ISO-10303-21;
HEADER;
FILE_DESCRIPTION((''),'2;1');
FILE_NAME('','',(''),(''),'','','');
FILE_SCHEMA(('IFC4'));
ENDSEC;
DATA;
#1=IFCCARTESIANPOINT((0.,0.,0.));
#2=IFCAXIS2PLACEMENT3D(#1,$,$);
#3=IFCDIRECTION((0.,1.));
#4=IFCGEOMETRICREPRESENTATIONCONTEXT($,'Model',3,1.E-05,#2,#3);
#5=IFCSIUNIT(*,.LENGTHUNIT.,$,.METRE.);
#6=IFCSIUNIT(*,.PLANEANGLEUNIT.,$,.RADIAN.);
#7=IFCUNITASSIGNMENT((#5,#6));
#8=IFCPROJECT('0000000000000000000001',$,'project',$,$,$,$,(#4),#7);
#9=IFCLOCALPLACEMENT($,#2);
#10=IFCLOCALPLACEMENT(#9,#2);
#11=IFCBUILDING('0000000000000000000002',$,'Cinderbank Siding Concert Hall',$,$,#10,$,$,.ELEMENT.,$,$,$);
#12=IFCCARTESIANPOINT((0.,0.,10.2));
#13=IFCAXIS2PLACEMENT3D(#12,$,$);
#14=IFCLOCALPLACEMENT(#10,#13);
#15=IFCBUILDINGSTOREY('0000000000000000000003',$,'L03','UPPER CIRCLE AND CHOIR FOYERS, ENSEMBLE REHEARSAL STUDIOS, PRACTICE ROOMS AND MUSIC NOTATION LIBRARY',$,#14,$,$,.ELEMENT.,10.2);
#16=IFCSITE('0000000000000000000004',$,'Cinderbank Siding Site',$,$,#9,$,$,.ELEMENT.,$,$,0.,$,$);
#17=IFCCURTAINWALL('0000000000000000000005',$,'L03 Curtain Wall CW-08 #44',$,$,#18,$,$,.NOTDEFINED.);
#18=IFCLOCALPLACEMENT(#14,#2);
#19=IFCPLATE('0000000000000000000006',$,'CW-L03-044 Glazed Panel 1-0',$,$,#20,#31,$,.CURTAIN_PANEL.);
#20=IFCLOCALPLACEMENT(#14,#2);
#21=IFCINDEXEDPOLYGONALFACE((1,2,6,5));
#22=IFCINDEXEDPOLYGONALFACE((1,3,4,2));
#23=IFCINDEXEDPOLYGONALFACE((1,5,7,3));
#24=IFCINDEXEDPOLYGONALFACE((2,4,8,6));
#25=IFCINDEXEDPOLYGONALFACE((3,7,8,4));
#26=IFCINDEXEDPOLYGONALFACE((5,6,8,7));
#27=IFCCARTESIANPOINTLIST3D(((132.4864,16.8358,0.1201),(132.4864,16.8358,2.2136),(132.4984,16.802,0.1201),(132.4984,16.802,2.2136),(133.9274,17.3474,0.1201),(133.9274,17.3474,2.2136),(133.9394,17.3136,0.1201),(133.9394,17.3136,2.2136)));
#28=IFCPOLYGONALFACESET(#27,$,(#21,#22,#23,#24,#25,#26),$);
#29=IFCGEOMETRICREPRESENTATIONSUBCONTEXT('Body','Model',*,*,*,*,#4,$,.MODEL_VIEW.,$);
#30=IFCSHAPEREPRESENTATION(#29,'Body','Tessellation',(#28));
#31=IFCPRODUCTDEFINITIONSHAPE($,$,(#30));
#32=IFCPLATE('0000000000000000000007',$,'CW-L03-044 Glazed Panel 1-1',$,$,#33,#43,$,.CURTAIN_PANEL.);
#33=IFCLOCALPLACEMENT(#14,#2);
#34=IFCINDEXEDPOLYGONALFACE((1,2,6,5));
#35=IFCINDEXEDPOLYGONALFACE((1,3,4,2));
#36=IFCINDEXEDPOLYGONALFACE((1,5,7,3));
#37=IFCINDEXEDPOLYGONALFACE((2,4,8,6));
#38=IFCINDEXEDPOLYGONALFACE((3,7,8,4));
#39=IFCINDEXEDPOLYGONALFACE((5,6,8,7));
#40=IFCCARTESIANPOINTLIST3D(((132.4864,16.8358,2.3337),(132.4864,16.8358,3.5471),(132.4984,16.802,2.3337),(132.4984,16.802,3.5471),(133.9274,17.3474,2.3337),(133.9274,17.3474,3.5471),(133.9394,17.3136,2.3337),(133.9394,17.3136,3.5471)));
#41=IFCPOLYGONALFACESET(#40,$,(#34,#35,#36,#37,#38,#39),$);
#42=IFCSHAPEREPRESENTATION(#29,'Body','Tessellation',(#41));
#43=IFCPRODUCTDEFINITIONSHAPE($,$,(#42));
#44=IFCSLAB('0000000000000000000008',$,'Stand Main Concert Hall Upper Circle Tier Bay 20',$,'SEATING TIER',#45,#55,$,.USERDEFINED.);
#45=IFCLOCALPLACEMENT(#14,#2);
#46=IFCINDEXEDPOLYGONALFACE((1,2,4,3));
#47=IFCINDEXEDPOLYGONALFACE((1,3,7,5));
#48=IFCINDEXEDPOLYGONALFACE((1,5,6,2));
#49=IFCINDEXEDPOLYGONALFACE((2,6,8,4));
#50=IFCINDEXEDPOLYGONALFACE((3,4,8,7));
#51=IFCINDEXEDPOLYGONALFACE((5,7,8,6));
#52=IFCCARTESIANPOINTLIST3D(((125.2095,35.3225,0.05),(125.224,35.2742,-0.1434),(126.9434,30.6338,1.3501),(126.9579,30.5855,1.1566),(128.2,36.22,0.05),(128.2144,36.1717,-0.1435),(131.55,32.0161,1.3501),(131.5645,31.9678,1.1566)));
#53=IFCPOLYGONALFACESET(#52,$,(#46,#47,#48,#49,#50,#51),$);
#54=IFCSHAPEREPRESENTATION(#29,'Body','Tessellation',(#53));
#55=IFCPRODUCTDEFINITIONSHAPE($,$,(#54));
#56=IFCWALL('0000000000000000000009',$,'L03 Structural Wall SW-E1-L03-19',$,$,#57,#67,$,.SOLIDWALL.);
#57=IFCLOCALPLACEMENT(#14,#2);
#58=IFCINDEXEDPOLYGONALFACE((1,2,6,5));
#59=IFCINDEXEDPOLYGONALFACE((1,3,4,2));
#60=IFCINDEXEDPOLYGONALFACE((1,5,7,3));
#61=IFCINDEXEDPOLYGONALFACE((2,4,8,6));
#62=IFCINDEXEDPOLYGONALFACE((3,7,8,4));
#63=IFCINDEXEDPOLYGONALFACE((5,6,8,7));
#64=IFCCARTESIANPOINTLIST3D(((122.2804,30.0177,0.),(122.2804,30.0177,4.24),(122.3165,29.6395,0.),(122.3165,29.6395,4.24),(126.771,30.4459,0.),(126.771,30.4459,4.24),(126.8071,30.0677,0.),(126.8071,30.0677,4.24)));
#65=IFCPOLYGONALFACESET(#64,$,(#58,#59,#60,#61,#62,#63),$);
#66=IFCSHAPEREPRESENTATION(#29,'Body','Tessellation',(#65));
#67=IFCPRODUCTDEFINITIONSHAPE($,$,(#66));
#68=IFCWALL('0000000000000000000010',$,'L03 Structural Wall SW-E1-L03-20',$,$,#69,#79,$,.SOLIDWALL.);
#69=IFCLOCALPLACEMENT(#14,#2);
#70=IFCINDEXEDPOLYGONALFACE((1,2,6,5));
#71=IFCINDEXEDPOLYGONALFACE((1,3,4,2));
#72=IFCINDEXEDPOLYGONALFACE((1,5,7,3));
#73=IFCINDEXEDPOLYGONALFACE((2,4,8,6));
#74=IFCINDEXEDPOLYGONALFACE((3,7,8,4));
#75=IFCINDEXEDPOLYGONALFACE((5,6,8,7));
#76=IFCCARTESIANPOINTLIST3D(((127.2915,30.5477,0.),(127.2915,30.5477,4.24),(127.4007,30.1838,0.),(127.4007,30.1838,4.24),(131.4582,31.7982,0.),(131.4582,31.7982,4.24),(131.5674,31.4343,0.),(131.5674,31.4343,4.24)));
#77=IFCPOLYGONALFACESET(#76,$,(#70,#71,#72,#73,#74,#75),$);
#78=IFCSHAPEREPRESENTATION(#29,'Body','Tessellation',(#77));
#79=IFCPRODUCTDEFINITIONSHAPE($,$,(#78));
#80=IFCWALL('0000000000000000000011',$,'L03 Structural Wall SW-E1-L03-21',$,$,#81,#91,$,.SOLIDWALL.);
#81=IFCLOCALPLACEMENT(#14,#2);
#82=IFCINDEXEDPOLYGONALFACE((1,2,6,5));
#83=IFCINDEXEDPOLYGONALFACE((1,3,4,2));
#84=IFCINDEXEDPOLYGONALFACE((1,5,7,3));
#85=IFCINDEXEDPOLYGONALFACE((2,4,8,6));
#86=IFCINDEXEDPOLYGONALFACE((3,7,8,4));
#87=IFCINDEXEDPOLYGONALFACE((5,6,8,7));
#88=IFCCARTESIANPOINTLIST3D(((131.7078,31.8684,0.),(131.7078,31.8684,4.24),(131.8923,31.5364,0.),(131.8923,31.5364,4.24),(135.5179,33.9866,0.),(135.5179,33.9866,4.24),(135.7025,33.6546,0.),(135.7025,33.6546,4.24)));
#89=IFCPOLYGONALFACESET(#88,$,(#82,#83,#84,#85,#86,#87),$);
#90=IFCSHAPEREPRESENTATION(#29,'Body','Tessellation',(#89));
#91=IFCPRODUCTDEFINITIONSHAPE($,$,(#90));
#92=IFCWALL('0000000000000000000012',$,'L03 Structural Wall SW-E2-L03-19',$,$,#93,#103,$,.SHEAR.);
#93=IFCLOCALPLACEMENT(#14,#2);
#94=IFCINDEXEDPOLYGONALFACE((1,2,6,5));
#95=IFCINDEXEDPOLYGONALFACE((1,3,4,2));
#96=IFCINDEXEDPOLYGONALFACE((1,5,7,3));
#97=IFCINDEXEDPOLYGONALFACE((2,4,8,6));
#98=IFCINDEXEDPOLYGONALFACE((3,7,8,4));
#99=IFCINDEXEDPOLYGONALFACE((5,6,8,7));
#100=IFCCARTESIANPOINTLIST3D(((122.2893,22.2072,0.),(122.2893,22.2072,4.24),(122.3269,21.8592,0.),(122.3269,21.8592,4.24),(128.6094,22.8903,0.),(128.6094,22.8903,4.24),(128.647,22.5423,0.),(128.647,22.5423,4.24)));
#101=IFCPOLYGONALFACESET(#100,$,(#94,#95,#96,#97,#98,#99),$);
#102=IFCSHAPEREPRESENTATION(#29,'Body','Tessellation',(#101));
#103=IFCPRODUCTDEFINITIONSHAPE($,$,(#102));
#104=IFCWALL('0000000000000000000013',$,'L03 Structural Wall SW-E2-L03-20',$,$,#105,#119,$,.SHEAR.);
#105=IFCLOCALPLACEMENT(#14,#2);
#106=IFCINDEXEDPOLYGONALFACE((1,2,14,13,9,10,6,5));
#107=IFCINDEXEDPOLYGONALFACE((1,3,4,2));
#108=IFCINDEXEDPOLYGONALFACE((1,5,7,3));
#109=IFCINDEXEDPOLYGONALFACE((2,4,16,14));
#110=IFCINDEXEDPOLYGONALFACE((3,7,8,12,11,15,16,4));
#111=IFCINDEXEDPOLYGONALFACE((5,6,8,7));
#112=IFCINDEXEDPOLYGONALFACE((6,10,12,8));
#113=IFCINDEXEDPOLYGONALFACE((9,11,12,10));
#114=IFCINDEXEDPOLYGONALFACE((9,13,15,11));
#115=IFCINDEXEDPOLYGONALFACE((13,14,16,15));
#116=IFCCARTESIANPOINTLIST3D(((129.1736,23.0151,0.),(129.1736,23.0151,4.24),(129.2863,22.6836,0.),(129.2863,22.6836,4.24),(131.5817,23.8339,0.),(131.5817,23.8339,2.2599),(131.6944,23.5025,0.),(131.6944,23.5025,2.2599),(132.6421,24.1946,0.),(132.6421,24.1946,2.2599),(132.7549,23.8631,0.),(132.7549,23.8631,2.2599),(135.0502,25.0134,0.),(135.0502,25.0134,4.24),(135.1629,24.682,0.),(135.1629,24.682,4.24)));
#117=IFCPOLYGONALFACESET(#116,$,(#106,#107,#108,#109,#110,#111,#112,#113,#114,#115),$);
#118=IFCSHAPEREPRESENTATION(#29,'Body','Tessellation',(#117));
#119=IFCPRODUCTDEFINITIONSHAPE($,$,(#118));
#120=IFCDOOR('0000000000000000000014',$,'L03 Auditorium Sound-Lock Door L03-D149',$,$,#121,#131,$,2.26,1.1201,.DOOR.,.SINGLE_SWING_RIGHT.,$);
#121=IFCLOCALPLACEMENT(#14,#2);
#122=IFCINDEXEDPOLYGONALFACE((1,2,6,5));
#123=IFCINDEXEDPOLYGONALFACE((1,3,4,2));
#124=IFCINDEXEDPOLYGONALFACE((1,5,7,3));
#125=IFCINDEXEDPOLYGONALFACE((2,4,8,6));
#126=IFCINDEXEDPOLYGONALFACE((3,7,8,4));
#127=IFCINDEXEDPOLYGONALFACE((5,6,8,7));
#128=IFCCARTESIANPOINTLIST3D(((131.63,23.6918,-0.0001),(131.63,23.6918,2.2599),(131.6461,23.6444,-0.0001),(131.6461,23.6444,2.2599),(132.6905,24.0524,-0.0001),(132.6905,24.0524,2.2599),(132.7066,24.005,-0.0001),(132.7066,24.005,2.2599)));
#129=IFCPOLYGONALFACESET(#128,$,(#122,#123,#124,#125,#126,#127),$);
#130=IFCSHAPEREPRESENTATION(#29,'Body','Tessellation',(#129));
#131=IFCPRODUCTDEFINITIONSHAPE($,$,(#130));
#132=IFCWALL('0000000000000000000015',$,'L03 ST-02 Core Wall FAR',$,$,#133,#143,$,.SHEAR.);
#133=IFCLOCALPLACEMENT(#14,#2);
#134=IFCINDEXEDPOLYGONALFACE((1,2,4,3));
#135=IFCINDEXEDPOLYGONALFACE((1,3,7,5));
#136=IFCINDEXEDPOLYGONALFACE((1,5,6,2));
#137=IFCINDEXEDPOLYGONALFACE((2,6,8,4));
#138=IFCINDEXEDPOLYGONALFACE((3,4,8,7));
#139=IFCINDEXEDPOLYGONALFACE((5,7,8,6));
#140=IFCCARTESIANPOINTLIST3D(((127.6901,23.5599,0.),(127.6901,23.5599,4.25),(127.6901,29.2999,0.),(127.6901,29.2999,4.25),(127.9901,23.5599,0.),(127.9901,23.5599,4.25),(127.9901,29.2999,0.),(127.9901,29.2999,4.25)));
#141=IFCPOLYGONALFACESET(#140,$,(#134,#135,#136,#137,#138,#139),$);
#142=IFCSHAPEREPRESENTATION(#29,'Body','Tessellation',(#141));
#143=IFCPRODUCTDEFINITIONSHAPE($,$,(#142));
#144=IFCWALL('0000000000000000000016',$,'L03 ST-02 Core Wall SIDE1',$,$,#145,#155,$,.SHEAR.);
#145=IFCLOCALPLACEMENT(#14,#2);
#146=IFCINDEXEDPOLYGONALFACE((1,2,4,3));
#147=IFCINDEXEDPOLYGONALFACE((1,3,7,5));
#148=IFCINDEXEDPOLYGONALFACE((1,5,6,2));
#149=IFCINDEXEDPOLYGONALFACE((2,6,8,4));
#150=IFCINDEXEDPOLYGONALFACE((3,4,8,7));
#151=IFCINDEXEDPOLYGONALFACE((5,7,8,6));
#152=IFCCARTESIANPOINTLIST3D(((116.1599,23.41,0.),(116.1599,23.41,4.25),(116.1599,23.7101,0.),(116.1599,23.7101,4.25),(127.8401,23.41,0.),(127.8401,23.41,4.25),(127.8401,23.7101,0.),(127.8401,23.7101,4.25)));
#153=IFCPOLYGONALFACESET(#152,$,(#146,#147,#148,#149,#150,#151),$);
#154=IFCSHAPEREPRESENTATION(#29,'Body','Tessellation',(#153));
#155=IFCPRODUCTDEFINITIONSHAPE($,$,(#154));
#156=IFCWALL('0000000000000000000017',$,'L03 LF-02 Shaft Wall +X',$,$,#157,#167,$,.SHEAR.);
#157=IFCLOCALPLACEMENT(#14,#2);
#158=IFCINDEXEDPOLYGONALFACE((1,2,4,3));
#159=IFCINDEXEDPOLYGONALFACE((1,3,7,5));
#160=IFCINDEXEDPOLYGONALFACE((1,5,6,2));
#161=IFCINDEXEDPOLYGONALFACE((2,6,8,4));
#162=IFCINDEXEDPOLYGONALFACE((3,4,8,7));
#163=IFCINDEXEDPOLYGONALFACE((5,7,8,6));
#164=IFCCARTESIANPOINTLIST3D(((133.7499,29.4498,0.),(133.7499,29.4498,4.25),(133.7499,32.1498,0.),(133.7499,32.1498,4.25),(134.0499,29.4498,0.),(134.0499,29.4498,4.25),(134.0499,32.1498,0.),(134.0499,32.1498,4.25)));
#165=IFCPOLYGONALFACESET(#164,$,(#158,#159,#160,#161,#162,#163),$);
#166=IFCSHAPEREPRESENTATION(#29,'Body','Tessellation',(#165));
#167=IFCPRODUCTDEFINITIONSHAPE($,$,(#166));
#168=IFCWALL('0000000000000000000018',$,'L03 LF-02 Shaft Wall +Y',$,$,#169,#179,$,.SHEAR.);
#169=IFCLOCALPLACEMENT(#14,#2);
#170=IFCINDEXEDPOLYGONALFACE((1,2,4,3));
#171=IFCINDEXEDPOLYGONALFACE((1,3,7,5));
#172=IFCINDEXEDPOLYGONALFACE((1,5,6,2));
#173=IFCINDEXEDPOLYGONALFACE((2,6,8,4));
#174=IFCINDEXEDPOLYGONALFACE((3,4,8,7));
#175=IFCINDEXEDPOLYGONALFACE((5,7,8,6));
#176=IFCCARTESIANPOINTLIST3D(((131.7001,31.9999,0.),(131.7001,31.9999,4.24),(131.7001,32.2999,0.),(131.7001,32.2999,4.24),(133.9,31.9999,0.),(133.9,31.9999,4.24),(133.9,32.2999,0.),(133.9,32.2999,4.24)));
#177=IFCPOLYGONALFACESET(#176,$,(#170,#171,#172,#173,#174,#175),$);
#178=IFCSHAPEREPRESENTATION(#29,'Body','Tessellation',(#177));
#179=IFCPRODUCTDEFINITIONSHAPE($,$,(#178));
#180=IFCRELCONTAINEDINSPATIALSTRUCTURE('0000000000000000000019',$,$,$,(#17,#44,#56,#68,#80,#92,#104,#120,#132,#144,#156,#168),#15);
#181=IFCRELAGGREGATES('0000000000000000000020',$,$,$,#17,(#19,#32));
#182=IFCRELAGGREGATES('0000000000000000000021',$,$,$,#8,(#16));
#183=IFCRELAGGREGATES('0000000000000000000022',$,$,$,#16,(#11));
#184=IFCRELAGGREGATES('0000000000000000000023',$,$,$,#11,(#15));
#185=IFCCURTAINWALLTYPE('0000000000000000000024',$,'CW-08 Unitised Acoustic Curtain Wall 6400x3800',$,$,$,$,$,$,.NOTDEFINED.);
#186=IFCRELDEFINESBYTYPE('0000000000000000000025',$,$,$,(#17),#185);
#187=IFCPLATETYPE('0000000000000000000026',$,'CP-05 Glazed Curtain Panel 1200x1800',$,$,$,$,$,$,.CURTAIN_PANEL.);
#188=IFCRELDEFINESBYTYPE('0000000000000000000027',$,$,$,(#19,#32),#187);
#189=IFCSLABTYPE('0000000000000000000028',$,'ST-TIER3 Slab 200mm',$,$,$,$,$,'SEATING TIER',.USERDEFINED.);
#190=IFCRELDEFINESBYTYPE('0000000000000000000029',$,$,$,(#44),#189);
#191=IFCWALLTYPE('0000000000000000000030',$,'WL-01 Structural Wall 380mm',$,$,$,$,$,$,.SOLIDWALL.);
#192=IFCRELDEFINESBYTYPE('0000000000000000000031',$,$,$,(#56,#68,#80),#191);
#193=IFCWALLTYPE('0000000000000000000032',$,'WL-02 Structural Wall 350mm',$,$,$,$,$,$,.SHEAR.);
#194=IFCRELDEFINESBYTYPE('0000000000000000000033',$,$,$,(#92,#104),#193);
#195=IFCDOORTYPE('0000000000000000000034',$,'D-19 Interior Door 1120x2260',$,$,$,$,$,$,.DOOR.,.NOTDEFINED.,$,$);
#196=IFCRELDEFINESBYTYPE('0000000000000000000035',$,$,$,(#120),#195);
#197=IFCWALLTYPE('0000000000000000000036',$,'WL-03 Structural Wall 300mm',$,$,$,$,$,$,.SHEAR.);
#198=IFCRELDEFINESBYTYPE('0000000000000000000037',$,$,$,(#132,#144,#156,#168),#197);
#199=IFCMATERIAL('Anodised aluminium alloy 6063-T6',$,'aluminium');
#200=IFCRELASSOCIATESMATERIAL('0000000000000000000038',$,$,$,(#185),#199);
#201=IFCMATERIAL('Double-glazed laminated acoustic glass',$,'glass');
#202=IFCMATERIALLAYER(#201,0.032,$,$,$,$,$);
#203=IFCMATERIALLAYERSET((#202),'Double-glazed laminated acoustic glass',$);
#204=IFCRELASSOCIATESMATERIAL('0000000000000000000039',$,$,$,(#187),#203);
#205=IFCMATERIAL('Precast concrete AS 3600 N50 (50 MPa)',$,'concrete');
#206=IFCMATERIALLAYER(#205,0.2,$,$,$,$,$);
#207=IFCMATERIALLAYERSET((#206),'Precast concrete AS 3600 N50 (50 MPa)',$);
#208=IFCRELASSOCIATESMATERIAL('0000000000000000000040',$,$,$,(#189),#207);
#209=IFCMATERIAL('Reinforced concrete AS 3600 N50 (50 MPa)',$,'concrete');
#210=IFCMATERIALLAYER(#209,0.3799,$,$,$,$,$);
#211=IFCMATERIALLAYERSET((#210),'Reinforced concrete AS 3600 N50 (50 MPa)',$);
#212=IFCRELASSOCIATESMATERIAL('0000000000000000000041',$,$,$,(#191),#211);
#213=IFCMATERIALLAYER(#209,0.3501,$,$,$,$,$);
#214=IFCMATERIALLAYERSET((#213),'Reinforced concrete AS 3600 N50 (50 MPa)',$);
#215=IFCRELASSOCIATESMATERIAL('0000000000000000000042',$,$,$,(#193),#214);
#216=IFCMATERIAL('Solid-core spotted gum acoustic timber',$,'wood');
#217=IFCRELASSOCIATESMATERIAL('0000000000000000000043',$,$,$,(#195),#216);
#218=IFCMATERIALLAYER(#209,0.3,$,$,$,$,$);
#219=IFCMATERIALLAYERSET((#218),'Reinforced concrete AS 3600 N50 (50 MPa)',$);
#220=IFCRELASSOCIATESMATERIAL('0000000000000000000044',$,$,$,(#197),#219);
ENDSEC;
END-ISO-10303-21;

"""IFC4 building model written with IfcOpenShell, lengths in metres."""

from ifc_helpers import new_model, si_unit, direction, frame, frame_2d, origin, origin_2d, place, context, subcontext, project, spatial, polyline, rectangle, outline, extrude, material, layer, layer_set, type_object, element, fill, aggregate, save


model = new_model("IFC4")

# Units and contexts
model_context = context("Model", 3, precision=1e-05, world=origin(), true_north=direction((0.0, 1.0)))
body_context = subcontext(model_context, "Body", "Model", "MODEL_VIEW")
ifc_project = project(units=[si_unit("LENGTHUNIT", "METRE"), si_unit("PLANEANGLEUNIT", "RADIAN")], contexts=[model_context])

# Site, building, storey
site_placement = place(None, origin())
site = spatial("IfcSite", under=ifc_project, at=site_placement, Name="Cinderbank Siding Site", CompositionType="ELEMENT", RefElevation=0.0)
building_placement = place(site_placement, origin())
building = spatial("IfcBuilding", under=site, at=building_placement, Name="Cinderbank Siding Concert Hall", CompositionType="ELEMENT")
storey_placement = place(building_placement, frame((0.0, 0.0, 10.2)))
storey = spatial("IfcBuildingStorey", under=building, at=storey_placement, Name="L03", Description="UPPER CIRCLE AND CHOIR FOYERS, ENSEMBLE REHEARSAL STUDIOS, PRACTICE ROOMS AND MUSIC NOTATION LIBRARY", CompositionType="ELEMENT", Elevation=10.2)

# Shared definitions
ifc_material_1 = material(Name="Reinforced concrete AS 3600 N50 (50 MPa)", Category="concrete")

# Curtain wall
ifc_material_2 = material(Name="Anodised aluminium alloy 6063-T6", Category="aluminium")
curtain_wall_type = type_object("IfcCurtainWallType", Name="CW-08 Unitised Acoustic Curtain Wall 6400x3800", PredefinedType="NOTDEFINED", material=ifc_material_2)
curtain_wall_placement = place(storey_placement, origin())
curtain_wall = element("IfcCurtainWall", 1, at=curtain_wall_placement, inside=storey, type_object=curtain_wall_type, Name="L03 Curtain Wall CW-08 #44", PredefinedType="NOTDEFINED")

# Plates
ifc_material_3 = material(Name="Double-glazed laminated acoustic glass", Category="glass")
ifc_layer_1 = layer(ifc_material_3, 0.032)
ifc_layer_set_1 = layer_set([ifc_layer_1], Name="Double-glazed laminated acoustic glass")
plate_type = type_object("IfcPlateType", Name="CP-05 Glazed Curtain Panel 1200x1800", PredefinedType="CURTAIN_PANEL", material=ifc_layer_set_1)
plate_1_placement = place(storey_placement, frame((133.2129, 17.0747, 0.1201), z_axis=(0.0, 0.0, 1.0), x_axis=(0.942366, 0.334585, 0.0)))
plate_1 = element("IfcPlate", 2, at=plate_1_placement, type_object=plate_type, Name="CW-L03-044 Glazed Panel 1-0", PredefinedType="CURTAIN_PANEL", context=body_context, shape_type="SweptSolid", body=[
    extrude(rectangle(XDim=1.5291, YDim=0.0359, at=origin_2d()), origin(), (0.0, 0.0, 1.0), 2.0935),
])
plate_2_placement = place(storey_placement, frame((133.2129, 17.0747, 2.3337), z_axis=(0.0, 0.0, 1.0), x_axis=(0.942366, 0.334585, 0.0)))
plate_2 = element("IfcPlate", 3, at=plate_2_placement, type_object=plate_type, Name="CW-L03-044 Glazed Panel 1-1", PredefinedType="CURTAIN_PANEL", context=body_context, shape_type="SweptSolid", body=[
    extrude(rectangle(XDim=1.5291, YDim=0.0359, at=origin_2d()), origin(), (0.0, 0.0, 1.0), 1.2134),
])
aggregate(curtain_wall, [plate_1, plate_2])

# Slab
ifc_material_4 = material(Name="Precast concrete AS 3600 N50 (50 MPa)", Category="concrete")
ifc_layer_2 = layer(ifc_material_4, 0.2)
ifc_layer_set_2 = layer_set([ifc_layer_2], Name="Precast concrete AS 3600 N50 (50 MPa)")
slab_type = type_object("IfcSlabType", Name="ST-TIER3 Slab 200mm", ElementType="SEATING TIER", PredefinedType="USERDEFINED", material=ifc_layer_set_2)
slab_placement = place(storey_placement, frame((125.2095, 35.3225, 0.05), z_axis=(-0.072473, 0.241509, 0.967689), x_axis=(0.957799, 0.28744, -0.000005)))
element("IfcSlab", 4, at=slab_placement, inside=storey, type_object=slab_type, Name="Stand Main Concert Hall Upper Circle Tier Bay 20", ObjectType="SEATING TIER", PredefinedType="USERDEFINED", context=body_context, shape_type="SweptSolid", body=[
    extrude(outline(polyline([(0.0, 0.0), (3.1222, 0.0), (5.1226, -5.156), (0.313, -5.1558), (0.0, 0.0)])), origin(), (0.0, 0.0, -1.0), 0.2),
])

# Walls
ifc_layer_3 = layer(ifc_material_1, 0.3799)
ifc_layer_set_3 = layer_set([ifc_layer_3], Name="Reinforced concrete AS 3600 N50 (50 MPa)")
wall_type_1 = type_object("IfcWallType", Name="WL-01 Structural Wall 380mm", PredefinedType="SOLIDWALL", material=ifc_layer_set_3)
wall_1_placement = place(storey_placement, frame((122.2986, 29.8286, 0.0), z_axis=(0.0, 0.0, 1.0), x_axis=(0.995484, 0.094927, 0.0)))
element("IfcWall", 5, at=wall_1_placement, inside=storey, type_object=wall_type_1, Name="L03 Structural Wall SW-E1-L03-19", PredefinedType="SOLIDWALL", context=body_context, shape_type="SweptSolid", body=[
    extrude(rectangle(XDim=4.511, YDim=0.3799, at=frame_2d((2.2554, 0.0))), origin(), (0.0, 0.0, 1.0), 4.24),
])
wall_2_placement = place(storey_placement, frame((127.3459, 30.3657, 0.0), z_axis=(0.0, 0.0, 1.0), x_axis=(0.957797, 0.287446, 0.0)))
element("IfcWall", 6, at=wall_2_placement, inside=storey, type_object=wall_type_1, Name="L03 Structural Wall SW-E1-L03-20", PredefinedType="SOLIDWALL", context=body_context, shape_type="SweptSolid", body=[
    extrude(rectangle(XDim=4.3503, YDim=0.3799, at=frame_2d((2.1753, 0.0))), origin(), (0.0, 0.0, 1.0), 4.24),
])
wall_3_placement = place(storey_placement, frame((131.8, 31.7024, 0.0), z_axis=(0.0, 0.0, 1.0), x_axis=(0.874015, 0.4859, 0.0)))
element("IfcWall", 7, at=wall_3_placement, inside=storey, type_object=wall_type_1, Name="L03 Structural Wall SW-E1-L03-21", PredefinedType="SOLIDWALL", context=body_context, shape_type="SweptSolid", body=[
    extrude(rectangle(XDim=4.3594, YDim=0.3799, at=frame_2d((2.1797, 0.0))), origin(), (0.0, 0.0, 1.0), 4.24),
])
ifc_layer_4 = layer(ifc_material_1, 0.3501)
ifc_layer_set_4 = layer_set([ifc_layer_4], Name="Reinforced concrete AS 3600 N50 (50 MPa)")
wall_type_2 = type_object("IfcWallType", Name="WL-02 Structural Wall 350mm", PredefinedType="SHEAR", material=ifc_layer_set_4)
wall_4_placement = place(storey_placement, frame((122.3081, 22.0332, 0.0), z_axis=(0.0, 0.0, 1.0), x_axis=(0.994209, 0.107459, 0.0)))
element("IfcWall", 8, at=wall_4_placement, inside=storey, type_object=wall_type_2, Name="L03 Structural Wall SW-E2-L03-19", PredefinedType="SHEAR", context=body_context, shape_type="SweptSolid", body=[
    extrude(rectangle(XDim=6.3569, YDim=0.3501, at=frame_2d((3.1785, 0.0))), origin(), (0.0, 0.0, 1.0), 4.24),
])

# Wall, opening, door
wall_5_placement = place(storey_placement, frame((129.23, 22.8494, 0.0), z_axis=(0.0, 0.0, 1.0), x_axis=(0.946758, 0.321945, 0.0)))
wall_5 = element("IfcWall", 9, at=wall_5_placement, inside=storey, type_object=wall_type_2, Name="L03 Structural Wall SW-E2-L03-20", PredefinedType="SHEAR", context=body_context, shape_type="SweptSolid", body=[
    extrude(rectangle(XDim=6.207, YDim=0.3501, at=frame_2d((3.1035, 0.0))), origin(), (0.0, 0.0, 1.0), 4.24),
])
opening_1_placement = place(wall_5_placement, frame((2.5435, 0.0, 0.0)))
opening_1 = element("IfcOpeningElement", 10, at=opening_1_placement, cuts=wall_5, PredefinedType="OPENING", context=body_context, shape_type="SweptSolid", body=[
    extrude(rectangle(XDim=1.1201, YDim=2.26, at=frame_2d((0.5601, 1.1299))), frame((0.0, 0.187, 0.0), z_axis=(0.0, -1.0, 0.0), x_axis=(1.0, 0.0, 0.0)), (0.0, 0.0, 1.0), 0.374),
])
ifc_material_5 = material(Name="Solid-core spotted gum acoustic timber", Category="wood")
door_type_1 = type_object("IfcDoorType", Name="D-19 Interior Door 1120x2260", OperationType="NOTDEFINED", PredefinedType="DOOR", material=ifc_material_5)
door_1_placement = place(opening_1_placement, origin())
door_1 = element("IfcDoor", 11, at=door_1_placement, inside=storey, type_object=door_type_1, Name="L03 Auditorium Sound-Lock Door L03-D149", OperationType="SINGLE_SWING_RIGHT", OverallHeight=2.26, OverallWidth=1.1201, PredefinedType="DOOR", context=body_context, shape_type="SweptSolid", body=[
    extrude(rectangle(XDim=1.1201, YDim=2.26, at=frame_2d((0.5601, 1.1299))), frame((0.0, 0.0249, 0.0), z_axis=(0.0, -1.0, 0.0), x_axis=(1.0, 0.0, 0.0)), (0.0, 0.0, 1.0), 0.05),
])
fill(opening_1, door_1)

# Walls
ifc_layer_5 = layer(ifc_material_1, 0.3)
ifc_layer_set_5 = layer_set([ifc_layer_5], Name="Reinforced concrete AS 3600 N50 (50 MPa)")
wall_type_3 = type_object("IfcWallType", Name="WL-03 Structural Wall 300mm", PredefinedType="SHEAR", material=ifc_layer_set_5)
wall_6_placement = place(storey_placement, frame((127.8401, 29.3, 0.0), z_axis=(0.0, 0.0, 1.0), x_axis=(0.0, -1.0, 0.0)))
element("IfcWall", 12, at=wall_6_placement, inside=storey, type_object=wall_type_3, Name="L03 ST-02 Core Wall FAR", PredefinedType="SHEAR", context=body_context, shape_type="SweptSolid", body=[
    extrude(rectangle(XDim=5.74, YDim=0.3, at=frame_2d((2.8701, 0.0))), origin(), (0.0, 0.0, 1.0), 4.25),
])
wall_7_placement = place(storey_placement, frame((127.8401, 23.5601, 0.0), z_axis=(0.0, 0.0, 1.0), x_axis=(-1.0, 0.0, 0.0)))
element("IfcWall", 13, at=wall_7_placement, inside=storey, type_object=wall_type_3, Name="L03 ST-02 Core Wall SIDE1", PredefinedType="SHEAR", context=body_context, shape_type="SweptSolid", body=[
    extrude(rectangle(XDim=11.6802, YDim=0.3, at=frame_2d((5.8401, 0.0))), origin(), (0.0, 0.0, 1.0), 4.25),
])

# Walls
wall_8_placement = place(storey_placement, frame((133.8999, 32.1499, 0.0), z_axis=(0.0, 0.0, 1.0), x_axis=(0.0, -1.0, 0.0)))
element("IfcWall", 14, at=wall_8_placement, inside=storey, type_object=wall_type_3, Name="L03 LF-02 Shaft Wall +X", PredefinedType="SHEAR", context=body_context, shape_type="SweptSolid", body=[
    extrude(rectangle(XDim=2.7, YDim=0.3, at=frame_2d((1.3501, 0.0))), origin(), (0.0, 0.0, 1.0), 4.25),
])
wall_9_placement = place(storey_placement, frame((131.7, 32.1499, 0.0), z_axis=(0.0, 0.0, 1.0), x_axis=(1.0, 0.0, 0.0)))
element("IfcWall", 15, at=wall_9_placement, inside=storey, type_object=wall_type_3, Name="L03 LF-02 Shaft Wall +Y", PredefinedType="SHEAR", context=body_context, shape_type="SweptSolid", body=[
    extrude(rectangle(XDim=2.2, YDim=0.3, at=frame_2d((1.1001, 0.0))), origin(), (0.0, 0.0, 1.0), 4.24),
])

save(model, "model.ifc")
